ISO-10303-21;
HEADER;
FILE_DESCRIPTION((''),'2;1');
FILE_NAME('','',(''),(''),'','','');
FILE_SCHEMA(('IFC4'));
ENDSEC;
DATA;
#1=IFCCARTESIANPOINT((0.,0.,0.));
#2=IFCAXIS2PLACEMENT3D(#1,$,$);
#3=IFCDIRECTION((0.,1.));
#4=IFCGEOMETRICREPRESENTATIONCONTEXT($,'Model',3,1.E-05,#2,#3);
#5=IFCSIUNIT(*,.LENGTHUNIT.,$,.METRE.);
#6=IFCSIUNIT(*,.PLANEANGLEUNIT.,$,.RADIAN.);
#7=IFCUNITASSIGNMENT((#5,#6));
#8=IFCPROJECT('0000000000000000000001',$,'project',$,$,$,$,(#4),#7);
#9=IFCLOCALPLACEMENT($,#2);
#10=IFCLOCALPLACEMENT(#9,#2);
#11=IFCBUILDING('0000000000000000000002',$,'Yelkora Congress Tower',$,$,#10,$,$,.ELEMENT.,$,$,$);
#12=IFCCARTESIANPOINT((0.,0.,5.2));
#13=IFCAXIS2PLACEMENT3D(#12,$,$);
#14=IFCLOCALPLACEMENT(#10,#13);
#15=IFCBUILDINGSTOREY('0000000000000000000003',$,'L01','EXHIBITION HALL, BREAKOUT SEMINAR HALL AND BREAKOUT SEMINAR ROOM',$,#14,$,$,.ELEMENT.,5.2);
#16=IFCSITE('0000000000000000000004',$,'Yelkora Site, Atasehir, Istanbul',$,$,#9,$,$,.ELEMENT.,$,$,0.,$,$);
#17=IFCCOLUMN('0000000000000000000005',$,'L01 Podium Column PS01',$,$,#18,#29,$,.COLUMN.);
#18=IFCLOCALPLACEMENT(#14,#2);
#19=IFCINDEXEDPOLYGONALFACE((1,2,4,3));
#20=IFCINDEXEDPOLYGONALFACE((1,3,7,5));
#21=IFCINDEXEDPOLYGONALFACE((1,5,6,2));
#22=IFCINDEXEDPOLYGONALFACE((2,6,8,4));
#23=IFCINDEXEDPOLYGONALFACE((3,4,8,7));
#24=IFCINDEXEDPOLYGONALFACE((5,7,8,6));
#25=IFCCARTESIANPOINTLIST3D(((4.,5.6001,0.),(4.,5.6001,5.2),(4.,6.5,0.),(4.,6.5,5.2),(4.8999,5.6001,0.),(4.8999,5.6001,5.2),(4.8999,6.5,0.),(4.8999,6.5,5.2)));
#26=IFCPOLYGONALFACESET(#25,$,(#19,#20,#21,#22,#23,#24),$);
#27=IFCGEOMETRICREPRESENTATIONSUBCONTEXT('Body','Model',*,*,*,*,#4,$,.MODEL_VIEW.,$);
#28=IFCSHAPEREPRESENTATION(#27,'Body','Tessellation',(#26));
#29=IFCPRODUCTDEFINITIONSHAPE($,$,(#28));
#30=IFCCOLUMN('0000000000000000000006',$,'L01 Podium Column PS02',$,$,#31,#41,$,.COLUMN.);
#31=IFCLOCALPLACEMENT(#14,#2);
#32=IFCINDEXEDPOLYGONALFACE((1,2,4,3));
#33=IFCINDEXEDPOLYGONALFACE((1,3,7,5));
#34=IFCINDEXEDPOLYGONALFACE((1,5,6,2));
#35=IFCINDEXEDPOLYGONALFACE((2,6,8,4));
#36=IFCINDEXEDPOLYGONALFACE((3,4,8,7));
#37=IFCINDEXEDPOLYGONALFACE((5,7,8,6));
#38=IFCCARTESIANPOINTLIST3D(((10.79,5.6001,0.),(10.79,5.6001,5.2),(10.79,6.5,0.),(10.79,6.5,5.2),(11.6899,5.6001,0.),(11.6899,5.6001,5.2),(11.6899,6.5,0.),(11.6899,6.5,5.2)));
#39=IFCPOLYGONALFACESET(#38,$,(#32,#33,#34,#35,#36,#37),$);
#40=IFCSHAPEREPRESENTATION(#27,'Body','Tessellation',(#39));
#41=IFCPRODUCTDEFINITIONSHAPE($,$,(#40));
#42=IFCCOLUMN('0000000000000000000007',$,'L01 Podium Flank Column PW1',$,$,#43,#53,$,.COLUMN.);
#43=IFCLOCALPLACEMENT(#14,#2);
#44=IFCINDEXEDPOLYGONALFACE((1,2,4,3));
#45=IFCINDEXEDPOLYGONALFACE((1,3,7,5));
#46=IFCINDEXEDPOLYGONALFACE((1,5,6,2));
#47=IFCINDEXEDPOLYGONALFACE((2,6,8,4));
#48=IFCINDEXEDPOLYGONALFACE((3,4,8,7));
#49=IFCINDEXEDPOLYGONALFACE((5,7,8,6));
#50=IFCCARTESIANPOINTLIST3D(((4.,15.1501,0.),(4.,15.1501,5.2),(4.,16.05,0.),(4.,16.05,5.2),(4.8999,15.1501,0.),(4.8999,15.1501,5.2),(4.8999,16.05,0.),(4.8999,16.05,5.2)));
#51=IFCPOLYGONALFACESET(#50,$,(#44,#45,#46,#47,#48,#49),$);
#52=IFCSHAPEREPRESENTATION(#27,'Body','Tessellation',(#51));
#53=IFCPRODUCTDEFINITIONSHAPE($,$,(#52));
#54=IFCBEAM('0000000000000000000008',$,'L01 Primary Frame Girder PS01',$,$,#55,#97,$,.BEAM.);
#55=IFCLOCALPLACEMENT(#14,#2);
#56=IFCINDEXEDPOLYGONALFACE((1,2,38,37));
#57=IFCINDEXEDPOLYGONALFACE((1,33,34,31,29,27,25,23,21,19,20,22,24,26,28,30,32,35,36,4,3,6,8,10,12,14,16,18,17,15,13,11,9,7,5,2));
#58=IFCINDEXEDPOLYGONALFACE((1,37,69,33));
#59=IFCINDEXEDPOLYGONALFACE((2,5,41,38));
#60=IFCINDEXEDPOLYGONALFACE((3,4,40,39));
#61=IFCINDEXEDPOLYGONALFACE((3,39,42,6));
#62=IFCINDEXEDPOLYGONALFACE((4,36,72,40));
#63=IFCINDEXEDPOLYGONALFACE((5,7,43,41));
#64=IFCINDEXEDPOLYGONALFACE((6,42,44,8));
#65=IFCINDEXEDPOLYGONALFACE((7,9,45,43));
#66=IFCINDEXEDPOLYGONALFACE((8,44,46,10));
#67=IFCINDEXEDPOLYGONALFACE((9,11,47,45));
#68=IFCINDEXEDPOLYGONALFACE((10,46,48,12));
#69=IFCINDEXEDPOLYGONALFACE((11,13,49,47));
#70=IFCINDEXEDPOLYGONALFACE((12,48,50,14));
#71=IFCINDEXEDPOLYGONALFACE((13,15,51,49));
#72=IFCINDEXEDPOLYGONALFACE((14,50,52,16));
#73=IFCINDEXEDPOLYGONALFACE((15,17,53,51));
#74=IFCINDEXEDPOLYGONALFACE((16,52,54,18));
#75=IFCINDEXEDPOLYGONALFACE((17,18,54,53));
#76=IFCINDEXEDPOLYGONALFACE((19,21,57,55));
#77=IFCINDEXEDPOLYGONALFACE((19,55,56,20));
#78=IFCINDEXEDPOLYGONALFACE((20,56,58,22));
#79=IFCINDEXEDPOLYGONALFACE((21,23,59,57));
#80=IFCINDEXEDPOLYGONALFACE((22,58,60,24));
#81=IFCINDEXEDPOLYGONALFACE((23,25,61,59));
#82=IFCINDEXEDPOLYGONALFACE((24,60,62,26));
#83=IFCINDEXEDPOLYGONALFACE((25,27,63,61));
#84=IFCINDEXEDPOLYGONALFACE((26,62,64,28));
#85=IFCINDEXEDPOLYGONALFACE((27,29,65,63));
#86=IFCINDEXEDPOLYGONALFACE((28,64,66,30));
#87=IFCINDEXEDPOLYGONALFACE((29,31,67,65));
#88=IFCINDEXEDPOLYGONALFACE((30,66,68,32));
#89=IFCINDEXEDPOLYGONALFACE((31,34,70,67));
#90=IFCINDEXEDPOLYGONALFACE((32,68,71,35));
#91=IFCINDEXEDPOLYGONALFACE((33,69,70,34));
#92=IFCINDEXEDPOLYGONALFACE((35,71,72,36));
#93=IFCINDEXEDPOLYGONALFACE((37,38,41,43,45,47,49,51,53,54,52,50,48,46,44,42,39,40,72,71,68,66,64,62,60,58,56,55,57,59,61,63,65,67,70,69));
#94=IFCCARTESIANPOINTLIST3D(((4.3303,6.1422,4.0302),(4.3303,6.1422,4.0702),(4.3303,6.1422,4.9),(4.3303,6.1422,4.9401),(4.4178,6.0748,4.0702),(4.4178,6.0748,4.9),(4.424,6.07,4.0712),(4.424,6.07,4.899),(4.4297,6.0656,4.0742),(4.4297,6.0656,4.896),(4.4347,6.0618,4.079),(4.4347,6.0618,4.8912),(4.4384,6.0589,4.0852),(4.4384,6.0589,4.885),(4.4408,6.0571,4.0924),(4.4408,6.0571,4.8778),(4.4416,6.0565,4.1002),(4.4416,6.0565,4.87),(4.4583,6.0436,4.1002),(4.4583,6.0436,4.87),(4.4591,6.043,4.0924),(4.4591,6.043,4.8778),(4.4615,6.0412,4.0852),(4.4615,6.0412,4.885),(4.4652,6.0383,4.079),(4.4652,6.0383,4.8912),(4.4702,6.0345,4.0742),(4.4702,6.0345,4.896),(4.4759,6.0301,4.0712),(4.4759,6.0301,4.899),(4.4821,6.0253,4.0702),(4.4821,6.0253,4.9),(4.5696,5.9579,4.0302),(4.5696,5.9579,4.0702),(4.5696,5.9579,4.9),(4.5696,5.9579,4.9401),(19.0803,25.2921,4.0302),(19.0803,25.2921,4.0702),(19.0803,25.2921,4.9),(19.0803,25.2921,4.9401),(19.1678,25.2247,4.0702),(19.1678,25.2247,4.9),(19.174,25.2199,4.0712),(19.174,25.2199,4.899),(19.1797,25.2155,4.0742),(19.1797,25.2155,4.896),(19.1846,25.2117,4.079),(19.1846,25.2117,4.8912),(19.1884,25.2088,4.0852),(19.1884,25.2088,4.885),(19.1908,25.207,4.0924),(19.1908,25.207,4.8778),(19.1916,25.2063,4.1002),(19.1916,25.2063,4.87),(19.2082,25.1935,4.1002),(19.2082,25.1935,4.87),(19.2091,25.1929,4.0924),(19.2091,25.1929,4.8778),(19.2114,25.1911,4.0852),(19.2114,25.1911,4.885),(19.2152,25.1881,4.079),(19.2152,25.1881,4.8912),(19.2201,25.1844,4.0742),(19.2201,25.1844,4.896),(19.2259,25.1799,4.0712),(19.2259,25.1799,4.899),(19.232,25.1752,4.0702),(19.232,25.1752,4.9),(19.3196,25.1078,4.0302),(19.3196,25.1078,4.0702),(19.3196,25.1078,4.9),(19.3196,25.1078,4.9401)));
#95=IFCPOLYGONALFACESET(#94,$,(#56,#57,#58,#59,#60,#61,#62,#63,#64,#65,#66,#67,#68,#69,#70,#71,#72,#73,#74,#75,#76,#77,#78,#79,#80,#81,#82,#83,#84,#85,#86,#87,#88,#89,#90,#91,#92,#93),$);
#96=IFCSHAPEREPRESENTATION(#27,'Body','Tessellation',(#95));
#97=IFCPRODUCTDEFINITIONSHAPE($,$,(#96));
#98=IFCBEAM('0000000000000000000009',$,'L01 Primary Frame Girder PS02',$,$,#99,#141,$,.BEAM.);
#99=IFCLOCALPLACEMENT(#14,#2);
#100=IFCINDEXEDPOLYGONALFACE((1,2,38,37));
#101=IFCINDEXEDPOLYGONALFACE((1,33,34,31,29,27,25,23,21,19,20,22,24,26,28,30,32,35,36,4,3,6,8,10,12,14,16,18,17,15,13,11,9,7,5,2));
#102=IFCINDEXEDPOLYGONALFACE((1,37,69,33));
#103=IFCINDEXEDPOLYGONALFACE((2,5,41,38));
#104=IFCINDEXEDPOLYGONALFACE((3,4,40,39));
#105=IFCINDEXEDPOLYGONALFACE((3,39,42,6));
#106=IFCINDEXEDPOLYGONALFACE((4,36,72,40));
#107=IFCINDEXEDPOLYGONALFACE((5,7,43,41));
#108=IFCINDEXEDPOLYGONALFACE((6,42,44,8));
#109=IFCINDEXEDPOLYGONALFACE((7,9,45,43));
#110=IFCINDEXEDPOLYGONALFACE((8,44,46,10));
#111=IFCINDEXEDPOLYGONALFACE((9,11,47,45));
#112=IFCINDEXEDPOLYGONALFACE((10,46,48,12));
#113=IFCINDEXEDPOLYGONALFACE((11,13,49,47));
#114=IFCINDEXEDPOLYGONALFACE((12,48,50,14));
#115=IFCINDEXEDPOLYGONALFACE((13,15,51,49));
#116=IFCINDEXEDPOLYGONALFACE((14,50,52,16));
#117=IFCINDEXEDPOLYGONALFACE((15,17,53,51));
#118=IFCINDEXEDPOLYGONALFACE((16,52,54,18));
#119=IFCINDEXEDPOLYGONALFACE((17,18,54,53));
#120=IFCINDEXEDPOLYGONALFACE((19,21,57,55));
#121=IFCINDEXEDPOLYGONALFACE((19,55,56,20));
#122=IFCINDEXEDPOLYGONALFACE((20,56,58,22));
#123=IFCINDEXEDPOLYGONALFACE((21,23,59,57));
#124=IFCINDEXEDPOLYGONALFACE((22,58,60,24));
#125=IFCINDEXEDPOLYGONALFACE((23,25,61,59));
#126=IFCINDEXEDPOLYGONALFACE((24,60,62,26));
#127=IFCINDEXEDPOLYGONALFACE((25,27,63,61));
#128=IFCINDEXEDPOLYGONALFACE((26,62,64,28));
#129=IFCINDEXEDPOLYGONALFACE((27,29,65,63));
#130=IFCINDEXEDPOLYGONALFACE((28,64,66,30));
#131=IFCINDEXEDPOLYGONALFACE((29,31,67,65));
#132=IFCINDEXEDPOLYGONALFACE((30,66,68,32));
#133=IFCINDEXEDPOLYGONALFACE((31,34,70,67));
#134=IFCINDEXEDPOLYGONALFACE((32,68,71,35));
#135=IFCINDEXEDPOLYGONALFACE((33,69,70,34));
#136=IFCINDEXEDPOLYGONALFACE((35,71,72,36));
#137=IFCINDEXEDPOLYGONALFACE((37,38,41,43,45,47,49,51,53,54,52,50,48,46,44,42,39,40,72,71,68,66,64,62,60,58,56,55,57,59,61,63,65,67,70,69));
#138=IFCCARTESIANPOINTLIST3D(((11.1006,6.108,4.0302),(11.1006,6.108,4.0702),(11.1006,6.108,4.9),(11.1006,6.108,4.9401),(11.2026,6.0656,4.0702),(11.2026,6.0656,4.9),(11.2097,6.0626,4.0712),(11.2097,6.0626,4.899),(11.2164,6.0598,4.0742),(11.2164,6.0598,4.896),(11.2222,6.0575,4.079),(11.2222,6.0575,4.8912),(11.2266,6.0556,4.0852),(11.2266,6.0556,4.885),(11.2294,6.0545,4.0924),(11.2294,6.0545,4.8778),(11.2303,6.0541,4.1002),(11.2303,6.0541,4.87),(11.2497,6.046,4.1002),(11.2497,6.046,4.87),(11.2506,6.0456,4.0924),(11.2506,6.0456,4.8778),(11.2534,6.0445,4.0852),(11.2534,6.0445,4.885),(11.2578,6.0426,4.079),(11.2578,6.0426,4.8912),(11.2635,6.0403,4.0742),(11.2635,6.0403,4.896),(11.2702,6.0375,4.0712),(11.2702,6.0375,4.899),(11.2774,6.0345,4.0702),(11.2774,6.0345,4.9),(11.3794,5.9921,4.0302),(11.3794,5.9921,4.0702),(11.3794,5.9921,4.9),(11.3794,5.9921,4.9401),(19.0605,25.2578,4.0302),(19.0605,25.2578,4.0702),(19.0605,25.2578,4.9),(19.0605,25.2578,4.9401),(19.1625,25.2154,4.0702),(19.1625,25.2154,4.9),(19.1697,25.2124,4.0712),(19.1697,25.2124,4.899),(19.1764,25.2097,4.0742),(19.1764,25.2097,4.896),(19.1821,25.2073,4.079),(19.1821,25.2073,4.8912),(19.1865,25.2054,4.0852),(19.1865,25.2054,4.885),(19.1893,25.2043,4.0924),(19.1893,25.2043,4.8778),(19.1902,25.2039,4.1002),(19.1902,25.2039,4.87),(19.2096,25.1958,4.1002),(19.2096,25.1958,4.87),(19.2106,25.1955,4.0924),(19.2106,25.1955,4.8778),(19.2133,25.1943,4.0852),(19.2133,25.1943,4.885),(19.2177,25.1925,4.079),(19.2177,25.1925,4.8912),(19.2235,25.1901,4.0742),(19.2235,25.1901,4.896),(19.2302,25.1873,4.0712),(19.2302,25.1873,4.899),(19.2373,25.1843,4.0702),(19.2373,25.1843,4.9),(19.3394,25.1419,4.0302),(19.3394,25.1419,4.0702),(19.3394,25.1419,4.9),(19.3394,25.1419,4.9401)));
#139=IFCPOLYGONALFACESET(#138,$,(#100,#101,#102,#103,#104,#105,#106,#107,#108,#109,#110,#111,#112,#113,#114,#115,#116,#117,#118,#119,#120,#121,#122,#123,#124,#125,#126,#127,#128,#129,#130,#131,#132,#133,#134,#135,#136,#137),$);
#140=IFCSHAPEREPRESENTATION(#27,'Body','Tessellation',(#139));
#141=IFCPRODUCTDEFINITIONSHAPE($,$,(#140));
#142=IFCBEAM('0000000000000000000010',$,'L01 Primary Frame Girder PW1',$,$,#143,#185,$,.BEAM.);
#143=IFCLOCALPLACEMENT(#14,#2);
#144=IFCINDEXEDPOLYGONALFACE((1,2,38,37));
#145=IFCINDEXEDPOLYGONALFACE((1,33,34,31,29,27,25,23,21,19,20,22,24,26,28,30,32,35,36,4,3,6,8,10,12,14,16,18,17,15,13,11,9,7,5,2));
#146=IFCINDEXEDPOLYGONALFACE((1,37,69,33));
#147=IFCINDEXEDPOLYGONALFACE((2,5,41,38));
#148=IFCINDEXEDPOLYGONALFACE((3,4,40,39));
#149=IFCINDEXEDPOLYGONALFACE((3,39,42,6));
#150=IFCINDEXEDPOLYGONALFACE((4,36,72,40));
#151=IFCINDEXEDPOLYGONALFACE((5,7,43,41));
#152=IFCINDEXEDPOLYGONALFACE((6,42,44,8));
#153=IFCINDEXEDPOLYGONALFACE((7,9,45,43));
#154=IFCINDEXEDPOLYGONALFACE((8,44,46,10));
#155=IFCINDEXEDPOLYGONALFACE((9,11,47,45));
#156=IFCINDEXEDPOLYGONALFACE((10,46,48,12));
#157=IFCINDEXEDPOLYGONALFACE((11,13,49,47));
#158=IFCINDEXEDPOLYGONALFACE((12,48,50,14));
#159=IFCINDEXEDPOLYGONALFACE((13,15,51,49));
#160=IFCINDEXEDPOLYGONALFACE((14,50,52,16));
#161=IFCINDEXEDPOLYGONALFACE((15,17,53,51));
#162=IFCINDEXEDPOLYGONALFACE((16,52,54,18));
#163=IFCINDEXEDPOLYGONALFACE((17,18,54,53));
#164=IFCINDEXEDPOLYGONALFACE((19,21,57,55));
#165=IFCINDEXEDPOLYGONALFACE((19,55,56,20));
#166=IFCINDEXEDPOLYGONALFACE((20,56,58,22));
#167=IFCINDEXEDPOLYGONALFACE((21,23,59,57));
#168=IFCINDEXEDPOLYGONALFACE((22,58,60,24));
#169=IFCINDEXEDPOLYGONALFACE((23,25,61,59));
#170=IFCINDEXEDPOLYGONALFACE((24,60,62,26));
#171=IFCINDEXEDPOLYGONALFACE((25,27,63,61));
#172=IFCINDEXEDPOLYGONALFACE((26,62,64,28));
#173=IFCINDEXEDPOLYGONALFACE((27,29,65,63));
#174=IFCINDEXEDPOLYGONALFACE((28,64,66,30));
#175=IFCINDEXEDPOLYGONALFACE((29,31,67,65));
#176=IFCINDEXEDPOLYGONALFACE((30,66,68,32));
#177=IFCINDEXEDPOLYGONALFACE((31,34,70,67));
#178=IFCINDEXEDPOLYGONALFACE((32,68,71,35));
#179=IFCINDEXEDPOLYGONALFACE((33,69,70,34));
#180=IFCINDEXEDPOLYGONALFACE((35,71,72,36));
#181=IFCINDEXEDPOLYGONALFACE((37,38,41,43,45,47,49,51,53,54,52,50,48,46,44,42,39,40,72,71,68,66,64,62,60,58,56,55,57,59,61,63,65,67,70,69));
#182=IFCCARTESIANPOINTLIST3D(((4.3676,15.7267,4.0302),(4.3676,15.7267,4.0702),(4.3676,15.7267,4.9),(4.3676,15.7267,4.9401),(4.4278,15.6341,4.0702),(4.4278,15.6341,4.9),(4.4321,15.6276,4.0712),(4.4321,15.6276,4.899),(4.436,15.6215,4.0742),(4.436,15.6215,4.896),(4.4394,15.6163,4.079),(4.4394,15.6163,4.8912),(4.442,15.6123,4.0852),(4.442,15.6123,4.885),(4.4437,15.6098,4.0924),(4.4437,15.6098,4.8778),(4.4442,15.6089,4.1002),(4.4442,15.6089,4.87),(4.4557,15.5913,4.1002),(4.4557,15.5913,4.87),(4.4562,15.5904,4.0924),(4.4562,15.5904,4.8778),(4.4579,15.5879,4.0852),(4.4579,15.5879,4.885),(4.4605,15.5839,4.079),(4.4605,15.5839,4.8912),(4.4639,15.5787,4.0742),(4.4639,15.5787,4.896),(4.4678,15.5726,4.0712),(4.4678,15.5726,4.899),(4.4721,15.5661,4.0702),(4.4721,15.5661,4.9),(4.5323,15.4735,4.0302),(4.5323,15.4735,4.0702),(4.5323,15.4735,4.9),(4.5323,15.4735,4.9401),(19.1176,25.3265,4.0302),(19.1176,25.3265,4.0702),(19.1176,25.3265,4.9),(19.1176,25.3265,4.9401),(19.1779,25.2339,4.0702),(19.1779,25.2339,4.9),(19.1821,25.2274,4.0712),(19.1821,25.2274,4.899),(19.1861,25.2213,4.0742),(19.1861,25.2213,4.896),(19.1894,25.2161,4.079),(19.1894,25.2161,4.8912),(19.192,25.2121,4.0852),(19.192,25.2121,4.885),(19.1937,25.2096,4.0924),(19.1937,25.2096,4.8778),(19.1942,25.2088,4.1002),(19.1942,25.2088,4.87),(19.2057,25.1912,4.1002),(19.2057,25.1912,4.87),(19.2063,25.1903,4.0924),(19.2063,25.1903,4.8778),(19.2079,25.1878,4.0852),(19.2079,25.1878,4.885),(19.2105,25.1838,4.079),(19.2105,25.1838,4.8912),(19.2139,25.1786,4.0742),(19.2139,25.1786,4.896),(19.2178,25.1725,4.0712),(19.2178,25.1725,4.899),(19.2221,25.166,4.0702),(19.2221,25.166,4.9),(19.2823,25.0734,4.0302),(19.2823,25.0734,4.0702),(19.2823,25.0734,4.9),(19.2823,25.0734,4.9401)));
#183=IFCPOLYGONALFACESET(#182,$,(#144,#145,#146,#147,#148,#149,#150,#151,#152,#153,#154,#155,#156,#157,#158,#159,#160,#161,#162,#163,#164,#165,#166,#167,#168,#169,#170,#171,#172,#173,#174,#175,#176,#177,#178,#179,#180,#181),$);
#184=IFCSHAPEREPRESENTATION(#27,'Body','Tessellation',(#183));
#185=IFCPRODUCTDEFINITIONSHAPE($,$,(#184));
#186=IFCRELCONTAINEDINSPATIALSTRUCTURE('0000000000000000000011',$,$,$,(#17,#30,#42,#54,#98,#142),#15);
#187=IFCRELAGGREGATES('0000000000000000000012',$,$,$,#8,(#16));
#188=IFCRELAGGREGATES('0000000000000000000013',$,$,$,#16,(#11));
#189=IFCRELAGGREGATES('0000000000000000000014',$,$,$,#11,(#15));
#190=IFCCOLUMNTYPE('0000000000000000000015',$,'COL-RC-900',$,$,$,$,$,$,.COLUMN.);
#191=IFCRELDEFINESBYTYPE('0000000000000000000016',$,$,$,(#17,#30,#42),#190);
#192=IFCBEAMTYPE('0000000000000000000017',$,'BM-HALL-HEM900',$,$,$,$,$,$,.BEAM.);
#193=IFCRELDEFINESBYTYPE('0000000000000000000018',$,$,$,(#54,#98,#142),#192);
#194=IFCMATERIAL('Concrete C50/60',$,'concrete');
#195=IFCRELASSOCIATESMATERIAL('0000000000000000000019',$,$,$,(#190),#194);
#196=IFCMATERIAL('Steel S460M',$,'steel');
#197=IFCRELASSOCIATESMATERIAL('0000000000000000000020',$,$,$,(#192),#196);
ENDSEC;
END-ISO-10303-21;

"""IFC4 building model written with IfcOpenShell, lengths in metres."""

from ifc_helpers import new_model, si_unit, direction, frame, origin, origin_2d, place, context, subcontext, project, spatial, rectangle, i_section, extrude, material, material_profile, profile_set, type_object, element, save


model = new_model("IFC4")

# Units and contexts
model_context = context("Model", 3, precision=1e-05, world=origin(), true_north=direction((0.0, 1.0)))
body_context = subcontext(model_context, "Body", "Model", "MODEL_VIEW")
ifc_project = project(units=[si_unit("LENGTHUNIT", "METRE"), si_unit("PLANEANGLEUNIT", "RADIAN")], contexts=[model_context])

# Site, building, storey
site_placement = place(None, origin())
site = spatial("IfcSite", under=ifc_project, at=site_placement, Name="Yelkora Site, Atasehir, Istanbul", CompositionType="ELEMENT", RefElevation=0.0)
building_placement = place(site_placement, origin())
building = spatial("IfcBuilding", under=site, at=building_placement, Name="Yelkora Congress Tower", CompositionType="ELEMENT")
storey_placement = place(building_placement, frame((0.0, 0.0, 5.2)))
storey = spatial("IfcBuildingStorey", under=building, at=storey_placement, Name="L01", Description="EXHIBITION HALL, BREAKOUT SEMINAR HALL AND BREAKOUT SEMINAR ROOM", CompositionType="ELEMENT", Elevation=5.2)

# Columns
ifc_material_1 = material(Name="Concrete C50/60", Category="concrete")
ifc_material_profile_1 = material_profile(ifc_material_1, rectangle(XDim=0.8999, YDim=0.8999, at=origin_2d()), Name="RC 900x900")
ifc_profile_set_1 = profile_set([ifc_material_profile_1], Name="Concrete C50/60")
column_type = type_object("IfcColumnType", Name="COL-RC-900", PredefinedType="COLUMN", material=ifc_profile_set_1)
for number, where, z_axis, x_axis, name in (
    (1, (4.45, 6.05, 0.0), (0.0, 0.0, 1.0), (1.0, 0.0, 0.0), "L01 Podium Column PS01"),
    (2, (11.24, 6.05, 0.0), (0.0, 0.0, 1.0), (1.0, 0.0, 0.0), "L01 Podium Column PS02"),
    (3, (4.45, 15.6001, 0.0), (0.0, 0.0, 1.0), (1.0, 0.0, 0.0), "L01 Podium Flank Column PW1"),
):
    element("IfcColumn", number, at=place(storey_placement, frame(where, z_axis=z_axis, x_axis=x_axis)), inside=storey, type_object=column_type, Name=name, PredefinedType="COLUMN", context=body_context, shape_type="SweptSolid", body=[
        extrude(rectangle(XDim=0.8999, YDim=0.8999, at=origin_2d()), origin(), (0.0, 0.0, 1.0), 5.2),
    ])

# Beams
ifc_material_2 = material(Name="Steel S460M", Category="steel")
ifc_material_profile_2 = material_profile(ifc_material_2, i_section(OverallWidth=0.302, OverallDepth=0.9099, WebThickness=0.021, FlangeThickness=0.04, FilletRadius=0.03, at=origin_2d()), Name="HEM 900")
ifc_profile_set_2 = profile_set([ifc_material_profile_2], Name="Steel S460M")
beam_type_1 = type_object("IfcBeamType", Name="BM-HALL-HEM900", PredefinedType="BEAM", material=ifc_profile_set_2)
beam_1_placement = place(storey_placement, frame((4.45, 6.05, 4.4851), z_axis=(0.610212, 0.792238, 0.0), x_axis=(-0.792238, 0.610212, 0.0)))
element("IfcBeam", 4, at=beam_1_placement, inside=storey, type_object=beam_type_1, Name="L01 Primary Frame Girder PS01", PredefinedType="BEAM", context=body_context, shape_type="SweptSolid", body=[
    extrude(i_section(OverallWidth=0.302, OverallDepth=0.9099, WebThickness=0.021, FlangeThickness=0.04, FilletRadius=0.03, at=origin_2d()), origin(), (0.0, 0.0, 1.0), 24.1719),
])
beam_2_placement = place(storey_placement, frame((11.24, 6.05, 4.4851), z_axis=(0.383828, 0.923405, 0.0), x_axis=(-0.923405, 0.383828, 0.0)))
element("IfcBeam", 5, at=beam_2_placement, inside=storey, type_object=beam_type_1, Name="L01 Primary Frame Girder PS02", PredefinedType="BEAM", context=body_context, shape_type="SweptSolid", body=[
    extrude(i_section(OverallWidth=0.302, OverallDepth=0.9099, WebThickness=0.021, FlangeThickness=0.04, FilletRadius=0.03, at=origin_2d()), origin(), (0.0, 0.0, 1.0), 20.7383),
])
beam_3_placement = place(storey_placement, frame((4.45, 15.6001, 4.4851), z_axis=(0.838123, 0.545482, 0.0), x_axis=(-0.545482, 0.838123, 0.0)))
element("IfcBeam", 6, at=beam_3_placement, inside=storey, type_object=beam_type_1, Name="L01 Primary Frame Girder PW1", PredefinedType="BEAM", context=body_context, shape_type="SweptSolid", body=[
    extrude(i_section(OverallWidth=0.302, OverallDepth=0.9099, WebThickness=0.021, FlangeThickness=0.04, FilletRadius=0.03, at=origin_2d()), origin(), (0.0, 0.0, 1.0), 17.5989),
])

save(model, "model.ifc")
